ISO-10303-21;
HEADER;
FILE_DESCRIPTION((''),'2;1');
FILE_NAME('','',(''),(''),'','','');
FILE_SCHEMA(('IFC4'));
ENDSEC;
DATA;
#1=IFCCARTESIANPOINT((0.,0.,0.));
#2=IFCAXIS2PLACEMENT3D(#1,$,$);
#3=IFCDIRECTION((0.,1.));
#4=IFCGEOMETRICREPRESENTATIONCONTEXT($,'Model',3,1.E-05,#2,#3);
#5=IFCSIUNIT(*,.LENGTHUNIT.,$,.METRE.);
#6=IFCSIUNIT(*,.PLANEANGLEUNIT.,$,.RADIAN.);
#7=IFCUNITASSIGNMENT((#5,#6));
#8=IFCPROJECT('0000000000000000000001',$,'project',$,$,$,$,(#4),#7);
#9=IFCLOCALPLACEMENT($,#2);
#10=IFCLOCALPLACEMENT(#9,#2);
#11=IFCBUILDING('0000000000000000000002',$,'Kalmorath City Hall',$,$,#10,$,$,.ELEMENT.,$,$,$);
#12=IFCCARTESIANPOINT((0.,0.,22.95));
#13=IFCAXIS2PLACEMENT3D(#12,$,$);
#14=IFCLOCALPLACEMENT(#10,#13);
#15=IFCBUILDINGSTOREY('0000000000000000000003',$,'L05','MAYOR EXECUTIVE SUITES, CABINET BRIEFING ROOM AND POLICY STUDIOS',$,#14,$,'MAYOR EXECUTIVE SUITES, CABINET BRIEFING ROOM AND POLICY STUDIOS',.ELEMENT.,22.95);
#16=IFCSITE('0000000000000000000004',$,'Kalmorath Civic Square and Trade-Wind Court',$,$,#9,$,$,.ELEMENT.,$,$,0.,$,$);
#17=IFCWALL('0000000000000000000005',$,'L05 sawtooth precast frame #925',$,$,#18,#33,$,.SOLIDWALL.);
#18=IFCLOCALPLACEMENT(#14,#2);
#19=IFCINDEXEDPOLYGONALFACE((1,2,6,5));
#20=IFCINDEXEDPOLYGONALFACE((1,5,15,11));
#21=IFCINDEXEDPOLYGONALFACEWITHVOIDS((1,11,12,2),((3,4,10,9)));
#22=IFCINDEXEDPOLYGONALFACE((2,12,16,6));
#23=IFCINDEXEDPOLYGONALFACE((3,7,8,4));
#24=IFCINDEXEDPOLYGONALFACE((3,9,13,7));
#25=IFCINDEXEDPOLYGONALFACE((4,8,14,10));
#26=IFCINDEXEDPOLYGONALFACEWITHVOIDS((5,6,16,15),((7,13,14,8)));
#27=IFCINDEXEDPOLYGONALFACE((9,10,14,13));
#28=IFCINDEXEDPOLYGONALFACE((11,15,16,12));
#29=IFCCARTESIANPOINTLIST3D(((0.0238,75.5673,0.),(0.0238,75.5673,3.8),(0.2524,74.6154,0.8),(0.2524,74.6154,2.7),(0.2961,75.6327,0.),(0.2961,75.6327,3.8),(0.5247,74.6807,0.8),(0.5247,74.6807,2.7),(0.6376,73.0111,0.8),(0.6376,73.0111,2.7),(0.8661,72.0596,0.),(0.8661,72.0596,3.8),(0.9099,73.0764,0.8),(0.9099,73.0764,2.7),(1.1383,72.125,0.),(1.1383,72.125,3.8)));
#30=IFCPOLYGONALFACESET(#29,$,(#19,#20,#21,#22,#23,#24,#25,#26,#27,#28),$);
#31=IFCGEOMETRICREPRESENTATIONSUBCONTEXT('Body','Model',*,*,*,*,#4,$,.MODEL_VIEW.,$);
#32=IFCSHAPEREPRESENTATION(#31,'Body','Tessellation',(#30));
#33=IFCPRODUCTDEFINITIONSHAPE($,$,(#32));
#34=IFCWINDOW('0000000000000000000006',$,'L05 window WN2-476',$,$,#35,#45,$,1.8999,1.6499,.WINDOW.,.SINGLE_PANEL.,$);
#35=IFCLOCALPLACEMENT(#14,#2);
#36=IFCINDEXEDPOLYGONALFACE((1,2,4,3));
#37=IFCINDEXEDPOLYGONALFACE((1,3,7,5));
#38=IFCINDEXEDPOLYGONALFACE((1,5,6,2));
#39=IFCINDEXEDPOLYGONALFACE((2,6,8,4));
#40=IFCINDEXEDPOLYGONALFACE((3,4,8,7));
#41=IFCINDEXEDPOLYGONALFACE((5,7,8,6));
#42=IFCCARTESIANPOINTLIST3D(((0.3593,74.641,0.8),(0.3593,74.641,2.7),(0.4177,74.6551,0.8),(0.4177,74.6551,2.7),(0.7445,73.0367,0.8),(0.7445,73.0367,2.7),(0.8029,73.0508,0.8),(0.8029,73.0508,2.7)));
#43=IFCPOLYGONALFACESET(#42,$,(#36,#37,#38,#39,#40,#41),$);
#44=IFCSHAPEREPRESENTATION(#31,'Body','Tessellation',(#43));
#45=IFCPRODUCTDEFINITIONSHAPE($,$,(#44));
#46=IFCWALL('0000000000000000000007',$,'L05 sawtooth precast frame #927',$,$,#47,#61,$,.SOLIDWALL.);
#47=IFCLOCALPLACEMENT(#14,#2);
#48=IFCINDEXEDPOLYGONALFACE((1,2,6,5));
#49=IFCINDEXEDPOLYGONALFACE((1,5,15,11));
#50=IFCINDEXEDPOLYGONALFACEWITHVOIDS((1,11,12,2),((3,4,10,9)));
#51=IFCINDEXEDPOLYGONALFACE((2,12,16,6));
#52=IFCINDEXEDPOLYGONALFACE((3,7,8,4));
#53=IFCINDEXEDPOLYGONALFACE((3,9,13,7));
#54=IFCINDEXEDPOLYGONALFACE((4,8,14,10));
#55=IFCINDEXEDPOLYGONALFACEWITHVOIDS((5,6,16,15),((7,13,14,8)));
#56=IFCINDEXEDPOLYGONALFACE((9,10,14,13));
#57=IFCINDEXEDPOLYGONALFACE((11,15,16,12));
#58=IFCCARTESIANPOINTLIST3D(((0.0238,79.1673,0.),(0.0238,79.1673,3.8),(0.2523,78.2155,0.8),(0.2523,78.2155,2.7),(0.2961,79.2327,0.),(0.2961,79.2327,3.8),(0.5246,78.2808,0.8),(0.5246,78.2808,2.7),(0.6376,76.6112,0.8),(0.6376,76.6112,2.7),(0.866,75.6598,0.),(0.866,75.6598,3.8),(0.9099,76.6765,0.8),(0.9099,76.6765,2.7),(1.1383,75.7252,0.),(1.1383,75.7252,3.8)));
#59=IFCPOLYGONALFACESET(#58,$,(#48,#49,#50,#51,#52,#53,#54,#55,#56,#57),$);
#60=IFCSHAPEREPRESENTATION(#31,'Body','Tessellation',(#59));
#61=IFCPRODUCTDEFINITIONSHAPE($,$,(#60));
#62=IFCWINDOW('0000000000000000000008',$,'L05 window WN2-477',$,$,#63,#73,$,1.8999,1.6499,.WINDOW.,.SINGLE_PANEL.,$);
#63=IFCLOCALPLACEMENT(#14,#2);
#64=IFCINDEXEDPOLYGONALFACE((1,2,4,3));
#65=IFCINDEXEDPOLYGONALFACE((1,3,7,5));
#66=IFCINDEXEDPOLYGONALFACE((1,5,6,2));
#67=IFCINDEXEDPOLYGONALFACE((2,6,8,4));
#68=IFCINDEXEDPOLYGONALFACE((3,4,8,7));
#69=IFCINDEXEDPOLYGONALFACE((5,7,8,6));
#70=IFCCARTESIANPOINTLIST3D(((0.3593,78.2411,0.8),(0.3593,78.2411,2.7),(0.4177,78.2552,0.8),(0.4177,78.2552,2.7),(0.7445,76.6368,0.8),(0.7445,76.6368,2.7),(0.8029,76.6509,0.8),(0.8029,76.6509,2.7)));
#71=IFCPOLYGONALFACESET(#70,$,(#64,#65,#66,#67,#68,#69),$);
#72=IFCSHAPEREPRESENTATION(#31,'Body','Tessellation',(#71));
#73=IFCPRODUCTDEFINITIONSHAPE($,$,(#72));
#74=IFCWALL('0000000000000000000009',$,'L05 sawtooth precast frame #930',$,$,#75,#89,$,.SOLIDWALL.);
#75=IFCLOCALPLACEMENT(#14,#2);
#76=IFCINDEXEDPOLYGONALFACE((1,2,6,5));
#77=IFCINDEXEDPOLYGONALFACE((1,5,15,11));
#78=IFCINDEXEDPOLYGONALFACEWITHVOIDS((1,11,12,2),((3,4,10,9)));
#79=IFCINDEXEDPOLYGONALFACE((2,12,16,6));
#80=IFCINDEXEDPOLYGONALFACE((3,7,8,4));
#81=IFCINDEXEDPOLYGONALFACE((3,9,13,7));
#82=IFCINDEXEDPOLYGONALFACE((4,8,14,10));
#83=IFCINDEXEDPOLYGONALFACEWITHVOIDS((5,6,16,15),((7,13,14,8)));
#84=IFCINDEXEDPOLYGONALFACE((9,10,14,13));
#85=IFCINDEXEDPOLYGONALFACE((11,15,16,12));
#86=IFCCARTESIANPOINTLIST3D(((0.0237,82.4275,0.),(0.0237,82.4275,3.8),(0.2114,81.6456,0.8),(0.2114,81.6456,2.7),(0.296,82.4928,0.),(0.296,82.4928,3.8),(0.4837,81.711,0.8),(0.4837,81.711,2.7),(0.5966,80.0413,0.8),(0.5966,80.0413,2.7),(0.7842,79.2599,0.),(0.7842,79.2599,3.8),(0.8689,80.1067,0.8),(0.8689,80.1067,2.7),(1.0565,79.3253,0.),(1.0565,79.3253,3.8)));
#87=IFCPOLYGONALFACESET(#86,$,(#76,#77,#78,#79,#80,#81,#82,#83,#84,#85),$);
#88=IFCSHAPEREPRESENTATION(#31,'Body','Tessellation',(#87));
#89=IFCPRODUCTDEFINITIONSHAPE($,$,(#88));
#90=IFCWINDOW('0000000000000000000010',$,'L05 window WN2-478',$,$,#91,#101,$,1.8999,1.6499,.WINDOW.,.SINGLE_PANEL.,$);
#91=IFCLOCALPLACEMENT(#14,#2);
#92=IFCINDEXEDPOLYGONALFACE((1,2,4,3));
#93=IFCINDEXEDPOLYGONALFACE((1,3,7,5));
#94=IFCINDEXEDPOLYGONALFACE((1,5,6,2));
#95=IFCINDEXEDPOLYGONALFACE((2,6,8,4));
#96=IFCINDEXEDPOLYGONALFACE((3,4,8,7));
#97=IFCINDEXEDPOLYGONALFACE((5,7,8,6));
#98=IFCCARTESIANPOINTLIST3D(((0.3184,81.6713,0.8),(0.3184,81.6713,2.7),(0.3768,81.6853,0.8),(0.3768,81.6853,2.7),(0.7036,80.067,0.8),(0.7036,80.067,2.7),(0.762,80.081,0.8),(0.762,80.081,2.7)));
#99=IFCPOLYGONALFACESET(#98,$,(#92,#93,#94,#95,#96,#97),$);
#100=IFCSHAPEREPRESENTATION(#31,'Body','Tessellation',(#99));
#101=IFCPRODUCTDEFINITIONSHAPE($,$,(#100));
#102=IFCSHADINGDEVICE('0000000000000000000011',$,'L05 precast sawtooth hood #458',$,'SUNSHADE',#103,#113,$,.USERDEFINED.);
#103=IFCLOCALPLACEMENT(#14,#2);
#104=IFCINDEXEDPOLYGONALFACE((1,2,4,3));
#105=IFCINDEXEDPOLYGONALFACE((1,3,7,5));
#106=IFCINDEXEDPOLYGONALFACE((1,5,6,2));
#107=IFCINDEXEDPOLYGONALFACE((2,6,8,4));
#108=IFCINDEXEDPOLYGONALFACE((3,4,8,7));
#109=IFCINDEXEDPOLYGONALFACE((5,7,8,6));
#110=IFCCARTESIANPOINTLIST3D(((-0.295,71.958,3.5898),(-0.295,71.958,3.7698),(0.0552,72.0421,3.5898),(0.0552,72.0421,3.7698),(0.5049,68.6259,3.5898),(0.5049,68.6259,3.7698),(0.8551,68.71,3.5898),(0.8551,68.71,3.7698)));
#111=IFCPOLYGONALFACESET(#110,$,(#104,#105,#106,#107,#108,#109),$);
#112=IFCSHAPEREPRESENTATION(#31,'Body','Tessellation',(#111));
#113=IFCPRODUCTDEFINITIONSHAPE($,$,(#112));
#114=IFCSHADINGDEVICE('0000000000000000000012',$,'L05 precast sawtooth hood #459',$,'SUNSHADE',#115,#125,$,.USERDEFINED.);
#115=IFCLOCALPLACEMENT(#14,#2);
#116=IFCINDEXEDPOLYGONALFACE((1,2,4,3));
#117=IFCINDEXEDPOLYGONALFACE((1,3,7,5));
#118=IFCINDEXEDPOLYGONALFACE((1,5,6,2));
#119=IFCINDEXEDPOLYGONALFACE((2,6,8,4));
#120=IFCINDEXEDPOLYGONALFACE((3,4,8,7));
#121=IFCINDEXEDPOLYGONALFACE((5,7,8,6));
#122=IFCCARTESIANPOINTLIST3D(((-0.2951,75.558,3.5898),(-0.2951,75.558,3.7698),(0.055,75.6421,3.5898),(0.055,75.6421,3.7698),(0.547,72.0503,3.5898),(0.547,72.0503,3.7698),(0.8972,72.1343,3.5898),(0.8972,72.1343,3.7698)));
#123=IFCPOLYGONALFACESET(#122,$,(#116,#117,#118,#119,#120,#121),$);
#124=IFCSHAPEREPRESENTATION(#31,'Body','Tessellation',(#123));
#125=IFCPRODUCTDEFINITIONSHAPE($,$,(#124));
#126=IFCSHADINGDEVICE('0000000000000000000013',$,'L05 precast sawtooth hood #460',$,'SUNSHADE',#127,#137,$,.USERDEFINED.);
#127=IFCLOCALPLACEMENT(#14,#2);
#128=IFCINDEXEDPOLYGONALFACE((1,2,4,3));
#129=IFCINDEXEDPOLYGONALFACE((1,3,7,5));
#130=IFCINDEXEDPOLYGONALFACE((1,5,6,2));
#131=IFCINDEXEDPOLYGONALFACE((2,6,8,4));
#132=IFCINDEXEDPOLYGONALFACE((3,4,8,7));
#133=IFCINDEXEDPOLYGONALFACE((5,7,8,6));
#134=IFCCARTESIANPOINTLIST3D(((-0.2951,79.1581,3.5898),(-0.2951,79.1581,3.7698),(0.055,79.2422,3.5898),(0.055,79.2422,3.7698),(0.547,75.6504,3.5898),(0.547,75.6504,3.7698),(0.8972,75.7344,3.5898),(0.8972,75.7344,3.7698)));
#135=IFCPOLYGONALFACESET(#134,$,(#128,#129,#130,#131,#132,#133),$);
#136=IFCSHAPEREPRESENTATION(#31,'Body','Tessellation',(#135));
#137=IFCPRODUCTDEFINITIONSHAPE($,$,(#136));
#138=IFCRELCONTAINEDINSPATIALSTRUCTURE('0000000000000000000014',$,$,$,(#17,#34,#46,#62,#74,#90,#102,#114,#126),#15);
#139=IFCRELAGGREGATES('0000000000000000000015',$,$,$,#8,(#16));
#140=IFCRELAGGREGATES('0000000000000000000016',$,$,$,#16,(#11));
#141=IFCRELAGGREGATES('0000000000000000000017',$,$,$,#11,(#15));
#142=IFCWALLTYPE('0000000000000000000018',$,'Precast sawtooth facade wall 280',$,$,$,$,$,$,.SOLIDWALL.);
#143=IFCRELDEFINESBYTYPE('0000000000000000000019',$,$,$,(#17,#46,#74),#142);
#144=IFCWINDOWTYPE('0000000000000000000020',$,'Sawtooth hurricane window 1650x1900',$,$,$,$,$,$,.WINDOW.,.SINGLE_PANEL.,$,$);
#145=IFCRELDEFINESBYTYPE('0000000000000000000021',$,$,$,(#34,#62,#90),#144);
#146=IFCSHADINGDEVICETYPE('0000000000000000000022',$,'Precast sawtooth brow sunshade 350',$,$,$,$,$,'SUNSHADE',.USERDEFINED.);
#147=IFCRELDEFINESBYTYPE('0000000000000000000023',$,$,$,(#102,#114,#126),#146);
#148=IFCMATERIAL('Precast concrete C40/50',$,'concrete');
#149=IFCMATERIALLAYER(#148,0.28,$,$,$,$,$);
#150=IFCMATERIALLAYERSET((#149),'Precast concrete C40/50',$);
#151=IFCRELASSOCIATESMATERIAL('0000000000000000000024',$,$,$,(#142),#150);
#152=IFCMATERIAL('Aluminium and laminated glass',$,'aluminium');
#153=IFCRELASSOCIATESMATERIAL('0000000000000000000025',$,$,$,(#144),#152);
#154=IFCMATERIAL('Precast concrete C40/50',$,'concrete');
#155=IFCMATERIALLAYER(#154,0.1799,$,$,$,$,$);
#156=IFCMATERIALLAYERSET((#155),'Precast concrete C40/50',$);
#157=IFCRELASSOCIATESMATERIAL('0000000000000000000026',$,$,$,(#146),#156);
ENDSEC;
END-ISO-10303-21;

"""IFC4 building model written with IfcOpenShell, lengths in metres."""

from ifc_helpers import new_model, si_unit, direction, frame, frame_2d, origin, origin_2d, place, context, subcontext, project, spatial, rectangle, extrude, material, layer, layer_set, type_object, element, fill, save


model = new_model("IFC4")

# Units and contexts
model_context = context("Model", 3, precision=1e-05, world=origin(), true_north=direction((0.0, 1.0)))
body_context = subcontext(model_context, "Body", "Model", "MODEL_VIEW")
ifc_project = project(units=[si_unit("LENGTHUNIT", "METRE"), si_unit("PLANEANGLEUNIT", "RADIAN")], contexts=[model_context])

# Site, building, storey
site_placement = place(None, origin())
site = spatial("IfcSite", under=ifc_project, at=site_placement, Name="Kalmorath Civic Square and Trade-Wind Court", CompositionType="ELEMENT", RefElevation=0.0)
building_placement = place(site_placement, origin())
building = spatial("IfcBuilding", under=site, at=building_placement, Name="Kalmorath City Hall", CompositionType="ELEMENT")
storey_placement = place(building_placement, frame((0.0, 0.0, 22.95)))
storey = spatial("IfcBuildingStorey", under=building, at=storey_placement, Name="L05", Description="MAYOR EXECUTIVE SUITES, CABINET BRIEFING ROOM AND POLICY STUDIOS", LongName="MAYOR EXECUTIVE SUITES, CABINET BRIEFING ROOM AND POLICY STUDIOS", CompositionType="ELEMENT", Elevation=22.95)

# Walls, openings, windows
ifc_material_1 = material(Name="Precast concrete C40/50", Category="concrete")
ifc_layer_1 = layer(ifc_material_1, 0.28)
ifc_layer_set_1 = layer_set([ifc_layer_1], Name="Precast concrete C40/50")
wall_type_1 = type_object("IfcWallType", Name="Precast sawtooth facade wall 280", PredefinedType="SOLIDWALL", material=ifc_layer_set_1)
ifc_material_2 = material(Name="Aluminium and laminated glass", Category="aluminium")
window_type = type_object("IfcWindowType", Name="Sawtooth hurricane window 1650x1900", PartitioningType="SINGLE_PANEL", PredefinedType="WINDOW", material=ifc_material_2)
wall_1_placement = place(storey_placement, frame((1.0022, 72.0923, 0.0), z_axis=(0.0, 0.0, 1.0), x_axis=(-0.23348, 0.972361, 0.0)))
wall_1 = element("IfcWall", 1, at=wall_1_placement, inside=storey, type_object=wall_type_1, Name="L05 sawtooth precast frame #925", PredefinedType="SOLIDWALL", context=body_context, shape_type="SweptSolid", body=[
    extrude(rectangle(XDim=3.6074, YDim=0.28, at=frame_2d((1.8037, 0.0))), origin(), (0.0, 0.0, 1.0), 3.8),
])
opening_1_placement = place(wall_1_placement, frame((0.9785, 0.0, 0.8)))
opening_1 = element("IfcOpeningElement", 2, at=opening_1_placement, cuts=wall_1, PredefinedType="OPENING", context=body_context, shape_type="SweptSolid", body=[
    extrude(rectangle(XDim=1.6499, YDim=1.8999, at=frame_2d((0.825, 0.95))), frame((0.0, 0.1499, 0.0), z_axis=(0.0, -1.0, 0.0), x_axis=(1.0, 0.0, 0.0)), (0.0, 0.0, 1.0), 0.3),
])
window_1_placement = place(opening_1_placement, origin())
window_1 = element("IfcWindow", 3, at=window_1_placement, inside=storey, type_object=window_type, Name="L05 window WN2-476", OverallHeight=1.8999, OverallWidth=1.6499, PartitioningType="SINGLE_PANEL", PredefinedType="WINDOW", context=body_context, shape_type="SweptSolid", body=[
    extrude(rectangle(XDim=1.6499, YDim=1.8999, at=frame_2d((0.825, 0.95))), frame((0.0, 0.03, 0.0), z_axis=(0.0, -1.0, 0.0), x_axis=(1.0, 0.0, 0.0)), (0.0, 0.0, 1.0), 0.0601),
])
fill(opening_1, window_1)
wall_2_placement = place(storey_placement, frame((1.0022, 75.6924, 0.0), z_axis=(0.0, 0.0, 1.0), x_axis=(-0.233496, 0.972358, 0.0)))
wall_2 = element("IfcWall", 4, at=wall_2_placement, inside=storey, type_object=wall_type_1, Name="L05 sawtooth precast frame #927", PredefinedType="SOLIDWALL", context=body_context, shape_type="SweptSolid", body=[
    extrude(rectangle(XDim=3.6072, YDim=0.28, at=frame_2d((1.8037, 0.0))), origin(), (0.0, 0.0, 1.0), 3.8),
])
opening_2_placement = place(wall_2_placement, frame((0.9785, 0.0, 0.8)))
opening_2 = element("IfcOpeningElement", 5, at=opening_2_placement, cuts=wall_2, PredefinedType="OPENING", context=body_context, shape_type="SweptSolid", body=[
    extrude(rectangle(XDim=1.6499, YDim=1.8999, at=frame_2d((0.825, 0.95))), frame((0.0, 0.1499, 0.0), z_axis=(0.0, -1.0, 0.0), x_axis=(1.0, 0.0, 0.0)), (0.0, 0.0, 1.0), 0.3),
])
window_2_placement = place(opening_2_placement, origin())
window_2 = element("IfcWindow", 6, at=window_2_placement, inside=storey, type_object=window_type, Name="L05 window WN2-477", OverallHeight=1.8999, OverallWidth=1.6499, PartitioningType="SINGLE_PANEL", PredefinedType="WINDOW", context=body_context, shape_type="SweptSolid", body=[
    extrude(rectangle(XDim=1.6499, YDim=1.8999, at=frame_2d((0.825, 0.95))), frame((0.0, 0.03, 0.0), z_axis=(0.0, -1.0, 0.0), x_axis=(1.0, 0.0, 0.0)), (0.0, 0.0, 1.0), 0.0601),
])
fill(opening_2, window_2)
wall_3_placement = place(storey_placement, frame((0.9204, 79.2925, 0.0), z_axis=(0.0, 0.0, 1.0), x_axis=(-0.233461, 0.972366, 0.0)))
wall_3 = element("IfcWall", 7, at=wall_3_placement, inside=storey, type_object=wall_type_1, Name="L05 sawtooth precast frame #930", PredefinedType="SOLIDWALL", context=body_context, shape_type="SweptSolid", body=[
    extrude(rectangle(XDim=3.2576, YDim=0.28, at=frame_2d((1.6289, 0.0))), origin(), (0.0, 0.0, 1.0), 3.8),
])
opening_3_placement = place(wall_3_placement, frame((0.8037, 0.0, 0.8)))
opening_3 = element("IfcOpeningElement", 8, at=opening_3_placement, cuts=wall_3, PredefinedType="OPENING", context=body_context, shape_type="SweptSolid", body=[
    extrude(rectangle(XDim=1.6499, YDim=1.8999, at=frame_2d((0.825, 0.95))), frame((0.0, 0.1499, 0.0), z_axis=(0.0, -1.0, 0.0), x_axis=(1.0, 0.0, 0.0)), (0.0, 0.0, 1.0), 0.3),
])
window_3_placement = place(opening_3_placement, origin())
window_3 = element("IfcWindow", 9, at=window_3_placement, inside=storey, type_object=window_type, Name="L05 window WN2-478", OverallHeight=1.8999, OverallWidth=1.6499, PartitioningType="SINGLE_PANEL", PredefinedType="WINDOW", context=body_context, shape_type="SweptSolid", body=[
    extrude(rectangle(XDim=1.6499, YDim=1.8999, at=frame_2d((0.825, 0.95))), frame((0.0, 0.03, 0.0), z_axis=(0.0, -1.0, 0.0), x_axis=(1.0, 0.0, 0.0)), (0.0, 0.0, 1.0), 0.0601),
])
fill(opening_3, window_3)

# Shading devices
ifc_material_3 = material(Name="Precast concrete C40/50", Category="concrete")
ifc_layer_2 = layer(ifc_material_3, 0.1799)
ifc_layer_set_2 = layer_set([ifc_layer_2], Name="Precast concrete C40/50")
shading_device_type = type_object("IfcShadingDeviceType", Name="Precast sawtooth brow sunshade 350", ElementType="SUNSHADE", PredefinedType="USERDEFINED", material=ifc_layer_set_2)
shading_device_placement = place(storey_placement, frame((0.28, 70.334, 3.5898), z_axis=(0.0, 0.0, 1.0), x_axis=(-0.233428, 0.972374, 0.0)))
element("IfcShadingDevice", 10, at=shading_device_placement, inside=storey, type_object=shading_device_type, Name="L05 precast sawtooth hood #458", ObjectType="SUNSHADE", PredefinedType="USERDEFINED", context=body_context, shape_type="SweptSolid", body=[
    extrude(rectangle(XDim=3.4268, YDim=0.3601, at=origin_2d()), origin(), (0.0, 0.0, 1.0), 0.1799),
])
for number, where, z_axis, x_axis, name in (
    (11, (0.301, 73.8462, 3.5898), (0.0, 0.0, 1.0), (-0.233445, 0.97237, 0.0), "L05 precast sawtooth hood #459"),
    (12, (0.301, 77.4463, 3.5898), (0.0, 0.0, 1.0), (-0.233445, 0.97237, 0.0), "L05 precast sawtooth hood #460"),
):
    element("IfcShadingDevice", number, at=place(storey_placement, frame(where, z_axis=z_axis, x_axis=x_axis)), inside=storey, type_object=shading_device_type, Name=name, ObjectType="SUNSHADE", PredefinedType="USERDEFINED", context=body_context, shape_type="SweptSolid", body=[
        extrude(rectangle(XDim=3.6074, YDim=0.3601, at=origin_2d()), origin(), (0.0, 0.0, 1.0), 0.1799),
    ])

save(model, "model.ifc")
